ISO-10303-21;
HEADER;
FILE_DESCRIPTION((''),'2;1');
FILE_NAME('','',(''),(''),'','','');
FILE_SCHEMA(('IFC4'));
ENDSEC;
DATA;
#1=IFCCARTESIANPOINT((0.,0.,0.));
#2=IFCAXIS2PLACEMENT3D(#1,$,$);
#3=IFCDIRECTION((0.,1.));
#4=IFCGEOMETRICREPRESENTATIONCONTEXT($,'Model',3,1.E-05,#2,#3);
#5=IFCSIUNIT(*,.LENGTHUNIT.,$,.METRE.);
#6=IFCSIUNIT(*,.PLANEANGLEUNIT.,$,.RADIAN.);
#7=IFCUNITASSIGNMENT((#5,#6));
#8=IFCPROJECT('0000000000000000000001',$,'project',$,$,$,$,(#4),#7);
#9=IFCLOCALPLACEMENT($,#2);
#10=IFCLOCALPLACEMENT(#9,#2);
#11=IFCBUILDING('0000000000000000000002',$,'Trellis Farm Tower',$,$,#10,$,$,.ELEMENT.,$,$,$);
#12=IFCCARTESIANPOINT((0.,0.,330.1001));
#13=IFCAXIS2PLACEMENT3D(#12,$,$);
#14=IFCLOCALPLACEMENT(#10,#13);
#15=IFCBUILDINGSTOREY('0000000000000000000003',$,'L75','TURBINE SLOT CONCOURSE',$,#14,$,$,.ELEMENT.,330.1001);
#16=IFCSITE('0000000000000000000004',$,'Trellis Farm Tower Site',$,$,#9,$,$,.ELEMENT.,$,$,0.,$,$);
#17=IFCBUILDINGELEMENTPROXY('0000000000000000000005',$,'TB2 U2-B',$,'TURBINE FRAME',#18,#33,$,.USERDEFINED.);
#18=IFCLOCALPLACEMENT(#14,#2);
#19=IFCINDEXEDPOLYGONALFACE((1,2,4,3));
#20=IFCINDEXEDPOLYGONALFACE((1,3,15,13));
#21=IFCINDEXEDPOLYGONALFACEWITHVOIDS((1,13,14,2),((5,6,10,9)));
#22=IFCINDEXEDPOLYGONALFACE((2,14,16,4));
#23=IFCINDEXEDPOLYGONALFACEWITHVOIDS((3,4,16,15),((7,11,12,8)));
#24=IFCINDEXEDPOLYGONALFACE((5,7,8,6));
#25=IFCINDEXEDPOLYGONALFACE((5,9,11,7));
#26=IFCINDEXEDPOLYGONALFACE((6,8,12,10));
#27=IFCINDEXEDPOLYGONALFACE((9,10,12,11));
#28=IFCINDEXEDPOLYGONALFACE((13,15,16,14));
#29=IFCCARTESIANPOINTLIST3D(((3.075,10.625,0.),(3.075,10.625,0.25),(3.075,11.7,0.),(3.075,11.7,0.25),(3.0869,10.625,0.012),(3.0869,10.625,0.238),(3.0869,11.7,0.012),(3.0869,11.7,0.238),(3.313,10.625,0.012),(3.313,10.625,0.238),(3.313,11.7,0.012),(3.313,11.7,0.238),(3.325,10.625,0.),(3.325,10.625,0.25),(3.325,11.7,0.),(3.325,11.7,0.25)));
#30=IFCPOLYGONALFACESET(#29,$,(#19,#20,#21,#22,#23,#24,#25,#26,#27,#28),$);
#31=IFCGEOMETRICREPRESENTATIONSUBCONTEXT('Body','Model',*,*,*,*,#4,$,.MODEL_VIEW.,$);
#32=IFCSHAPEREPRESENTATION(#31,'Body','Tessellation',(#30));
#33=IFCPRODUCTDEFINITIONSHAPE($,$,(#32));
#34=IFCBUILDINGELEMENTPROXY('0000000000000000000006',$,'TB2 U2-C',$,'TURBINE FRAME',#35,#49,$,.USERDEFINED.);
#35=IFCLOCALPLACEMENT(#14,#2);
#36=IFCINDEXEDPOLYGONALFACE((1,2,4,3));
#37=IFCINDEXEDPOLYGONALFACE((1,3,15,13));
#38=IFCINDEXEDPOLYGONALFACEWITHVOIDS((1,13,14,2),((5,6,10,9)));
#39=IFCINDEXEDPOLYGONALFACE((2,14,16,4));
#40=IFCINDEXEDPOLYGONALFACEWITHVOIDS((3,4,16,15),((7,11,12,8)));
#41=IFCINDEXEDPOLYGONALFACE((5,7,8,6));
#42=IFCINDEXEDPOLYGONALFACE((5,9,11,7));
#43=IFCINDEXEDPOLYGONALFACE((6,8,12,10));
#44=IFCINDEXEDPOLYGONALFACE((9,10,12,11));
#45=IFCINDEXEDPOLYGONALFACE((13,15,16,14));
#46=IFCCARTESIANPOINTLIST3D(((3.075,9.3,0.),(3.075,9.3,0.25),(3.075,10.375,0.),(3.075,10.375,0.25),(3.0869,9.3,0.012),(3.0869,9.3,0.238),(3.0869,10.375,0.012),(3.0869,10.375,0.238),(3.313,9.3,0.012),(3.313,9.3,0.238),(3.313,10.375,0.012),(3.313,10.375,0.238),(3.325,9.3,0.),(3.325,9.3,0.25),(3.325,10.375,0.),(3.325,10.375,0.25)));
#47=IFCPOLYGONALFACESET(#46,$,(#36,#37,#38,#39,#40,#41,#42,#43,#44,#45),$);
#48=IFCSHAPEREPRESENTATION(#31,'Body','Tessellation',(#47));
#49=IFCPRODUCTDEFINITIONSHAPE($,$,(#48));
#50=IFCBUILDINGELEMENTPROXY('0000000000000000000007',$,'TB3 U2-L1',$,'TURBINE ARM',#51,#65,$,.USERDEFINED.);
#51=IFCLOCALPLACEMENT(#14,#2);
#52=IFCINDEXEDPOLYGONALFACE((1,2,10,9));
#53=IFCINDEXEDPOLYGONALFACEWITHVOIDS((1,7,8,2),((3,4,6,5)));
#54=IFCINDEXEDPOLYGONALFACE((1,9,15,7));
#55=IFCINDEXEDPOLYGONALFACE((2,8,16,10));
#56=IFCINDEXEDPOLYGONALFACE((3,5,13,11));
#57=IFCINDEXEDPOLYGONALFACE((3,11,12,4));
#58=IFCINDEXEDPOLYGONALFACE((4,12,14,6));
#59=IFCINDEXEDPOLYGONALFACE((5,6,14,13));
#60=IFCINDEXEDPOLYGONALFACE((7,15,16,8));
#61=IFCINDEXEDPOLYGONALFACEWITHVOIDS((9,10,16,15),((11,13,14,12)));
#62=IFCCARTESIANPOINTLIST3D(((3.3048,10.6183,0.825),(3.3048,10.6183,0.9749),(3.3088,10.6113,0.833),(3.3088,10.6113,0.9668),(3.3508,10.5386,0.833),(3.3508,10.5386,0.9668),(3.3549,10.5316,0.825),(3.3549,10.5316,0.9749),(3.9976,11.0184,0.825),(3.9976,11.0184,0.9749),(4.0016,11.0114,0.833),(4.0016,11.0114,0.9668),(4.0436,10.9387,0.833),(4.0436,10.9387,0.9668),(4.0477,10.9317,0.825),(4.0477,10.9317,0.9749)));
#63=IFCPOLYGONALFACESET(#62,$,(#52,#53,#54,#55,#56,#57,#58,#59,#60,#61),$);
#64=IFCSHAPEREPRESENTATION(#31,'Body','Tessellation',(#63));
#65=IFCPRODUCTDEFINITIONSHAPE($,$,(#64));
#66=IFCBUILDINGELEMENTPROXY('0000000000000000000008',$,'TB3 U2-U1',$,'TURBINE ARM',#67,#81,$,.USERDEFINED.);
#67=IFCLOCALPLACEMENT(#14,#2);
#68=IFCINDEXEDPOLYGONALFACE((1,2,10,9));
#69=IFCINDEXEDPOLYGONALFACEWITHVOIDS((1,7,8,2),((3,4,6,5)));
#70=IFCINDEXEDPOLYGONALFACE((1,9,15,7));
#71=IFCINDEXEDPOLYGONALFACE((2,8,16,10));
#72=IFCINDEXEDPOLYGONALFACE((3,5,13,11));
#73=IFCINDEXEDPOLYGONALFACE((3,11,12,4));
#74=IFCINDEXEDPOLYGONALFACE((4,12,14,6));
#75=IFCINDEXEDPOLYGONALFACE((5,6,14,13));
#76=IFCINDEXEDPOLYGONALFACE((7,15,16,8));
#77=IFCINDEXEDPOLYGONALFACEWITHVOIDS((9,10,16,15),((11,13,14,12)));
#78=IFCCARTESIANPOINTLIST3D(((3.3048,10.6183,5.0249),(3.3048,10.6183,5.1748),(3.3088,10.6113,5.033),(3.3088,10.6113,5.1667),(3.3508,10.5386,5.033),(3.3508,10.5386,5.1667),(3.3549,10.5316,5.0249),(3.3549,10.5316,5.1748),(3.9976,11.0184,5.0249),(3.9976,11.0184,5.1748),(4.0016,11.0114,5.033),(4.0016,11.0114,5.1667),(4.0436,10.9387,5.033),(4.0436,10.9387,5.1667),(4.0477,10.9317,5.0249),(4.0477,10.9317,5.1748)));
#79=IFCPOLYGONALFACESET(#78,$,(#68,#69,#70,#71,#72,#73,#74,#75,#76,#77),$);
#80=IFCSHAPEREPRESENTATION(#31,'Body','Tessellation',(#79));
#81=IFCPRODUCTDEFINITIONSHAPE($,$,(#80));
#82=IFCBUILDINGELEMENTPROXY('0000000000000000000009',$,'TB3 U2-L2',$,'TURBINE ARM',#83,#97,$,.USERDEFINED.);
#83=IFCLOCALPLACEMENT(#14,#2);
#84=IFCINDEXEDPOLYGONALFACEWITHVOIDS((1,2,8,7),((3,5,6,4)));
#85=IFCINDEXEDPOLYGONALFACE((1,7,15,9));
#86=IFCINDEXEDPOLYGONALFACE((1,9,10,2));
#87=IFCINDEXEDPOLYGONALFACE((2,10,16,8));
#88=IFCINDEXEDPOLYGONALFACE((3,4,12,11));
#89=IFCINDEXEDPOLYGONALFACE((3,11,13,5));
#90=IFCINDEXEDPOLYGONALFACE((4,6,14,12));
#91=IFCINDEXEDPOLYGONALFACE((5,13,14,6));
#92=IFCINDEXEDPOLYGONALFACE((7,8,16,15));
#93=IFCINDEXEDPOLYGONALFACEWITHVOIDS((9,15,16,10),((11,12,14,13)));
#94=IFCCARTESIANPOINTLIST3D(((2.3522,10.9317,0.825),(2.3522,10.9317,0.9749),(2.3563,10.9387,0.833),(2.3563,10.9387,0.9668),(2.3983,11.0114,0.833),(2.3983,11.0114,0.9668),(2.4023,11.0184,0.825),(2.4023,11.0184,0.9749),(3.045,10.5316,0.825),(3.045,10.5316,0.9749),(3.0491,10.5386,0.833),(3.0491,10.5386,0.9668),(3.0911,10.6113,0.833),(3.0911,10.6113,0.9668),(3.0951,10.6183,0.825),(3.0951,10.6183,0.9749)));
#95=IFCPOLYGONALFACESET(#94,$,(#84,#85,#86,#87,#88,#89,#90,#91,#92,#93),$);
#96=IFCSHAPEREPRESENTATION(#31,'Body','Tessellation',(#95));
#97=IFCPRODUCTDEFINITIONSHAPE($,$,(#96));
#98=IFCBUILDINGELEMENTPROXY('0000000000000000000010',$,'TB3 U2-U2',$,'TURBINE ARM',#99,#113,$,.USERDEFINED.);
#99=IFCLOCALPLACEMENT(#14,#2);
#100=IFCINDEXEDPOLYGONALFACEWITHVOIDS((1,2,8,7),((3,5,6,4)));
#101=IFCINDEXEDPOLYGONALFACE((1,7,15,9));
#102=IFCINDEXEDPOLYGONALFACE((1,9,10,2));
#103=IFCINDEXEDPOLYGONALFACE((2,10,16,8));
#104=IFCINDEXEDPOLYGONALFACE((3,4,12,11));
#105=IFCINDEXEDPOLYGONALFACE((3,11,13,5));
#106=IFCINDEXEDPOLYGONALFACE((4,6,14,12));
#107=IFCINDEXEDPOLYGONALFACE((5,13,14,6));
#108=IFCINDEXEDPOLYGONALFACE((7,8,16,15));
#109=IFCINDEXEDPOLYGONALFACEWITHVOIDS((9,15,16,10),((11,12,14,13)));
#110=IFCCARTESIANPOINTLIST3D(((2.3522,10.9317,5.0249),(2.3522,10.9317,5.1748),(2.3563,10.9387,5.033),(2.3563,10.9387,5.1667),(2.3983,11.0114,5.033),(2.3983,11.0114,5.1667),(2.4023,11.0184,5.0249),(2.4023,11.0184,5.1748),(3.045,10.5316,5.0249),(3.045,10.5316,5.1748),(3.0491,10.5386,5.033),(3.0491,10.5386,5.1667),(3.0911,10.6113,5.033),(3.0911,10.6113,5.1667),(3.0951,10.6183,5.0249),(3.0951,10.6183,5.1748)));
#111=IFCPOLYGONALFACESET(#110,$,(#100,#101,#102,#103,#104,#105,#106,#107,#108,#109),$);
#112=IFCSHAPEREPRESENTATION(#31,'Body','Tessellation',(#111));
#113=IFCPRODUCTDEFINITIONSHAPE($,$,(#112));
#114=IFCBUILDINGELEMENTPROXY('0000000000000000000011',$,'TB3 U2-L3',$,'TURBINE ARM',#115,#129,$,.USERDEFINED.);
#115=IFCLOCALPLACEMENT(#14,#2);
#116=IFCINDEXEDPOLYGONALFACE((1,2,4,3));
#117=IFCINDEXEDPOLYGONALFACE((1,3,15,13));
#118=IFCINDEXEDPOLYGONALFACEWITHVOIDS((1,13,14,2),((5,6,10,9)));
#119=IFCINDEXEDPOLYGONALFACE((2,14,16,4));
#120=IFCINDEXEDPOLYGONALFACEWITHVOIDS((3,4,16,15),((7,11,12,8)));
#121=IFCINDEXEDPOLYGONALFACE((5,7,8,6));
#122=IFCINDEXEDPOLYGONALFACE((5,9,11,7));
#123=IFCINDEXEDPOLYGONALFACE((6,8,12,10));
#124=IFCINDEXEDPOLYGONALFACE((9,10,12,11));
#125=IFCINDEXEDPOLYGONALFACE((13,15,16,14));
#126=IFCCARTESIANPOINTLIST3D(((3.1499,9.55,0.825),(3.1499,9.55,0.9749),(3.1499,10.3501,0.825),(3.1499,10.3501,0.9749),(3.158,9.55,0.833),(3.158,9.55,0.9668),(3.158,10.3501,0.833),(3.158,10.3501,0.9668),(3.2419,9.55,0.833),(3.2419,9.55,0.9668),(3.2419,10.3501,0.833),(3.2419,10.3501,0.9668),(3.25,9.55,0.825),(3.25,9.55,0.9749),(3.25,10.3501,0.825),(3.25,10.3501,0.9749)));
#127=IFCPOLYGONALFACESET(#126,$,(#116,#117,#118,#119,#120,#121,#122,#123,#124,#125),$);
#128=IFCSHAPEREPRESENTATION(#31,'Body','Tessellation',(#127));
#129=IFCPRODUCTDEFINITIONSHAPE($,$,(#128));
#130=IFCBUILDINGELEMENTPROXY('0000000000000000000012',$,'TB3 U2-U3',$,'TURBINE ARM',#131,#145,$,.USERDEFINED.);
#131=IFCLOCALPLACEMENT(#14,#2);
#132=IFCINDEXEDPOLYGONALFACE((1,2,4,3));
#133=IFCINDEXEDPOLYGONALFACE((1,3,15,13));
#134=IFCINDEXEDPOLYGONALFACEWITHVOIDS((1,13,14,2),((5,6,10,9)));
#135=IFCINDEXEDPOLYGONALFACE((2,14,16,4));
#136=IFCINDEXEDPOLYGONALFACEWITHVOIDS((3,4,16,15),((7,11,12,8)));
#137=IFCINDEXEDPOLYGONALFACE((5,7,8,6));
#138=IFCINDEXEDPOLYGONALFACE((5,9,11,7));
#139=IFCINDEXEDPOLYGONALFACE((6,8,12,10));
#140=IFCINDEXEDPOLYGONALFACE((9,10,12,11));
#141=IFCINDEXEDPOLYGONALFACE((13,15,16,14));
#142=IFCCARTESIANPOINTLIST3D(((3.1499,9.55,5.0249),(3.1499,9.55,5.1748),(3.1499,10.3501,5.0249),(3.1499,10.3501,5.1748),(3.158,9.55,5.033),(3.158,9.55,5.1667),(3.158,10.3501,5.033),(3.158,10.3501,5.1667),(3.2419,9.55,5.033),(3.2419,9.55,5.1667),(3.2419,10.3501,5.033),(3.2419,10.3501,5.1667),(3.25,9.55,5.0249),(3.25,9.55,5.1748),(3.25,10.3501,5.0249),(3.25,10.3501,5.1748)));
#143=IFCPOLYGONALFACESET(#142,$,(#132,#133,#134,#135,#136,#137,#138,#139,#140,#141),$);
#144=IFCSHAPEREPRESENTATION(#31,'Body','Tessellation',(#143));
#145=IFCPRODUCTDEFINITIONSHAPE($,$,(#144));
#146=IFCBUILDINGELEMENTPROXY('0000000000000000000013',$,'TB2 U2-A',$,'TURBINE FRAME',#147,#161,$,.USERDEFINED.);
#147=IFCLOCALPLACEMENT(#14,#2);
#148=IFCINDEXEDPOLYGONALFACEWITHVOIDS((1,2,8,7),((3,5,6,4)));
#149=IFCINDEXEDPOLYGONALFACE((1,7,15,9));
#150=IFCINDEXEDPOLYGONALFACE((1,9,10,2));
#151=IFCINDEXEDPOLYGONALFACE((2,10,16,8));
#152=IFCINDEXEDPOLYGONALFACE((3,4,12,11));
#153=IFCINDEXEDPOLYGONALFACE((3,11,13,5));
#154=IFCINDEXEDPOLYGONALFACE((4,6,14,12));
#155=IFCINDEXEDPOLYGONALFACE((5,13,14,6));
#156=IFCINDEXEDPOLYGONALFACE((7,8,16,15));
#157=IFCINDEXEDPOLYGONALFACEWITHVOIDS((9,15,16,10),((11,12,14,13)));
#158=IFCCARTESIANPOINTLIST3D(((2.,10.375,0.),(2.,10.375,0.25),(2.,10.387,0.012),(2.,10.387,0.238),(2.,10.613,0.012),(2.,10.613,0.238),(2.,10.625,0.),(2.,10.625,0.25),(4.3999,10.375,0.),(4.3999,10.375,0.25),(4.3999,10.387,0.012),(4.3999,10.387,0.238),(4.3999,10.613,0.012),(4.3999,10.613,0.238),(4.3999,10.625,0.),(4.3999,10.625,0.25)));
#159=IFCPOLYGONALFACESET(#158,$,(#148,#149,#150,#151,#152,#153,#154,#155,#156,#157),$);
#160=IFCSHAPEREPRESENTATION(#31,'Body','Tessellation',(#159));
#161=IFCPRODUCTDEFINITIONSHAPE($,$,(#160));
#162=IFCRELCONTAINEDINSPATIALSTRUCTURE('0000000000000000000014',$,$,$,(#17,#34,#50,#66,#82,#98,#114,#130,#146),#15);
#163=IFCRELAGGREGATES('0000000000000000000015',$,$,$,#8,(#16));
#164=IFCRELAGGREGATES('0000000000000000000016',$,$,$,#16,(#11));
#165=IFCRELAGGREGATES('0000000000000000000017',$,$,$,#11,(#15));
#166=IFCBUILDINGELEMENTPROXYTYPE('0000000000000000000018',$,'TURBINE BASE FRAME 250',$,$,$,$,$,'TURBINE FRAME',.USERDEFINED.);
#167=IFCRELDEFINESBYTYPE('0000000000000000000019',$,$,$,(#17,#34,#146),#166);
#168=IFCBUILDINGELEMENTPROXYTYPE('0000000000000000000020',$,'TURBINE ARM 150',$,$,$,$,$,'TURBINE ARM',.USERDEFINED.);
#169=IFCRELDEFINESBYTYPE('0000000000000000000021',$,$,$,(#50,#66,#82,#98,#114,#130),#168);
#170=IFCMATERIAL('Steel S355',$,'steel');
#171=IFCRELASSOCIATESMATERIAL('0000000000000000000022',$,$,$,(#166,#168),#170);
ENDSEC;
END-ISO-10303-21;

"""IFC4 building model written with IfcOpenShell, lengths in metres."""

from ifc_helpers import new_model, si_unit, direction, frame, origin, origin_2d, place, context, subcontext, project, spatial, hollow_rectangle, extrude, source, transform, mapped, material, material_profile, profile_set, type_object, element, save


model = new_model("IFC4")

# Units and contexts
model_context = context("Model", 3, precision=1e-05, world=origin(), true_north=direction((0.0, 1.0)))
body_context = subcontext(model_context, "Body", "Model", "MODEL_VIEW")
ifc_project = project(units=[si_unit("LENGTHUNIT", "METRE"), si_unit("PLANEANGLEUNIT", "RADIAN")], contexts=[model_context])

# Site, building, storey
site_placement = place(None, origin())
site = spatial("IfcSite", under=ifc_project, at=site_placement, Name="Trellis Farm Tower Site", CompositionType="ELEMENT", RefElevation=0.0)
building_placement = place(site_placement, origin())
building = spatial("IfcBuilding", under=site, at=building_placement, Name="Trellis Farm Tower", CompositionType="ELEMENT")
storey_placement = place(building_placement, frame((0.0, 0.0, 330.1001)))
storey = spatial("IfcBuildingStorey", under=building, at=storey_placement, Name="L75", Description="TURBINE SLOT CONCOURSE", CompositionType="ELEMENT", Elevation=330.1001)

# Building element proxies
ifc_material_1 = material(Name="Steel S355", Category="steel")
ifc_material_profile_1 = material_profile(ifc_material_1, hollow_rectangle(XDim=0.25, YDim=0.25, WallThickness=0.012, at=origin_2d()), Name="RHS 250x250x12")
ifc_profile_set_1 = profile_set([ifc_material_profile_1], Name="Steel S355")
building_element_proxy_type_1 = type_object("IfcBuildingElementProxyType", Name="TURBINE BASE FRAME 250", ElementType="TURBINE FRAME", PredefinedType="USERDEFINED", material=ifc_profile_set_1)
shared_shape_1 = source(origin(), body_context, "Body", "SweptSolid", [
    extrude(hollow_rectangle(XDim=0.25, YDim=0.25, WallThickness=0.012, at=origin_2d()), origin(), (0.0, 0.0, 1.0), 1.075),
])
for number, where, z_axis, x_axis, name in (
    (1, (3.2, 10.625, 0.125), (0.0, 1.0, 0.0), (-1.0, 0.0, 0.0), "TB2 U2-B"),
    (2, (3.2, 10.375, 0.125), (0.0, -1.0, 0.0), (1.0, 0.0, 0.0), "TB2 U2-C"),
):
    element("IfcBuildingElementProxy", number, at=place(storey_placement, frame(where, z_axis=z_axis, x_axis=x_axis)), inside=storey, type_object=building_element_proxy_type_1, Name=name, ObjectType="TURBINE FRAME", PredefinedType="USERDEFINED", context=body_context, shape_type="MappedRepresentation", body=[
        mapped(shared_shape_1, transform((0.0, 0.0, 0.0))),
    ])
ifc_material_profile_2 = material_profile(ifc_material_1, hollow_rectangle(XDim=0.1001, YDim=0.1499, WallThickness=0.0081, at=origin_2d()), Name="RHS 150x100x8")
ifc_profile_set_2 = profile_set([ifc_material_profile_2], Name="Steel S355")
building_element_proxy_type_2 = type_object("IfcBuildingElementProxyType", Name="TURBINE ARM 150", ElementType="TURBINE ARM", PredefinedType="USERDEFINED", material=ifc_profile_set_2)
shared_shape_2 = source(origin(), body_context, "Body", "SweptSolid", [
    extrude(hollow_rectangle(XDim=0.1001, YDim=0.1499, WallThickness=0.0081, at=origin_2d()), origin(), (0.0, 0.0, 1.0), 0.8),
])
for number, where, z_axis, x_axis, name in (
    (3, (3.3298, 10.575, 0.8999), (0.865962, 0.50011, 0.0), (-0.50011, 0.865962, 0.0), "TB3 U2-L1"),
    (4, (3.3298, 10.575, 5.0999), (0.865962, 0.50011, 0.0), (-0.50011, 0.865962, 0.0), "TB3 U2-U1"),
    (5, (3.0701, 10.575, 0.8999), (-0.865962, 0.50011, 0.0), (-0.50011, -0.865962, 0.0), "TB3 U2-L2"),
    (6, (3.0701, 10.575, 5.0999), (-0.865962, 0.50011, 0.0), (-0.50011, -0.865962, 0.0), "TB3 U2-U2"),
    (7, (3.2, 10.3501, 0.8999), (0.0, -1.0, 0.0), (1.0, 0.0, 0.0), "TB3 U2-L3"),
    (8, (3.2, 10.3501, 5.0999), (0.0, -1.0, 0.0), (1.0, 0.0, 0.0), "TB3 U2-U3"),
):
    element("IfcBuildingElementProxy", number, at=place(storey_placement, frame(where, z_axis=z_axis, x_axis=x_axis)), inside=storey, type_object=building_element_proxy_type_2, Name=name, ObjectType="TURBINE ARM", PredefinedType="USERDEFINED", context=body_context, shape_type="MappedRepresentation", body=[
        mapped(shared_shape_2, transform((0.0, 0.0, 0.0))),
    ])
shared_shape_3 = source(origin(), body_context, "Body", "SweptSolid", [
    extrude(hollow_rectangle(XDim=0.25, YDim=0.25, WallThickness=0.012, at=origin_2d()), origin(), (0.0, 0.0, 1.0), 2.3999),
])
proxy_1_placement = place(storey_placement, frame((2.0, 10.5, 0.125), z_axis=(1.0, 0.0, 0.0), x_axis=(0.0, 1.0, 0.0)))
element("IfcBuildingElementProxy", 9, at=proxy_1_placement, inside=storey, type_object=building_element_proxy_type_1, Name="TB2 U2-A", ObjectType="TURBINE FRAME", PredefinedType="USERDEFINED", context=body_context, shape_type="MappedRepresentation", body=[
    mapped(shared_shape_3, transform((0.0, 0.0, 0.0))),
])

save(model, "model.ifc")
